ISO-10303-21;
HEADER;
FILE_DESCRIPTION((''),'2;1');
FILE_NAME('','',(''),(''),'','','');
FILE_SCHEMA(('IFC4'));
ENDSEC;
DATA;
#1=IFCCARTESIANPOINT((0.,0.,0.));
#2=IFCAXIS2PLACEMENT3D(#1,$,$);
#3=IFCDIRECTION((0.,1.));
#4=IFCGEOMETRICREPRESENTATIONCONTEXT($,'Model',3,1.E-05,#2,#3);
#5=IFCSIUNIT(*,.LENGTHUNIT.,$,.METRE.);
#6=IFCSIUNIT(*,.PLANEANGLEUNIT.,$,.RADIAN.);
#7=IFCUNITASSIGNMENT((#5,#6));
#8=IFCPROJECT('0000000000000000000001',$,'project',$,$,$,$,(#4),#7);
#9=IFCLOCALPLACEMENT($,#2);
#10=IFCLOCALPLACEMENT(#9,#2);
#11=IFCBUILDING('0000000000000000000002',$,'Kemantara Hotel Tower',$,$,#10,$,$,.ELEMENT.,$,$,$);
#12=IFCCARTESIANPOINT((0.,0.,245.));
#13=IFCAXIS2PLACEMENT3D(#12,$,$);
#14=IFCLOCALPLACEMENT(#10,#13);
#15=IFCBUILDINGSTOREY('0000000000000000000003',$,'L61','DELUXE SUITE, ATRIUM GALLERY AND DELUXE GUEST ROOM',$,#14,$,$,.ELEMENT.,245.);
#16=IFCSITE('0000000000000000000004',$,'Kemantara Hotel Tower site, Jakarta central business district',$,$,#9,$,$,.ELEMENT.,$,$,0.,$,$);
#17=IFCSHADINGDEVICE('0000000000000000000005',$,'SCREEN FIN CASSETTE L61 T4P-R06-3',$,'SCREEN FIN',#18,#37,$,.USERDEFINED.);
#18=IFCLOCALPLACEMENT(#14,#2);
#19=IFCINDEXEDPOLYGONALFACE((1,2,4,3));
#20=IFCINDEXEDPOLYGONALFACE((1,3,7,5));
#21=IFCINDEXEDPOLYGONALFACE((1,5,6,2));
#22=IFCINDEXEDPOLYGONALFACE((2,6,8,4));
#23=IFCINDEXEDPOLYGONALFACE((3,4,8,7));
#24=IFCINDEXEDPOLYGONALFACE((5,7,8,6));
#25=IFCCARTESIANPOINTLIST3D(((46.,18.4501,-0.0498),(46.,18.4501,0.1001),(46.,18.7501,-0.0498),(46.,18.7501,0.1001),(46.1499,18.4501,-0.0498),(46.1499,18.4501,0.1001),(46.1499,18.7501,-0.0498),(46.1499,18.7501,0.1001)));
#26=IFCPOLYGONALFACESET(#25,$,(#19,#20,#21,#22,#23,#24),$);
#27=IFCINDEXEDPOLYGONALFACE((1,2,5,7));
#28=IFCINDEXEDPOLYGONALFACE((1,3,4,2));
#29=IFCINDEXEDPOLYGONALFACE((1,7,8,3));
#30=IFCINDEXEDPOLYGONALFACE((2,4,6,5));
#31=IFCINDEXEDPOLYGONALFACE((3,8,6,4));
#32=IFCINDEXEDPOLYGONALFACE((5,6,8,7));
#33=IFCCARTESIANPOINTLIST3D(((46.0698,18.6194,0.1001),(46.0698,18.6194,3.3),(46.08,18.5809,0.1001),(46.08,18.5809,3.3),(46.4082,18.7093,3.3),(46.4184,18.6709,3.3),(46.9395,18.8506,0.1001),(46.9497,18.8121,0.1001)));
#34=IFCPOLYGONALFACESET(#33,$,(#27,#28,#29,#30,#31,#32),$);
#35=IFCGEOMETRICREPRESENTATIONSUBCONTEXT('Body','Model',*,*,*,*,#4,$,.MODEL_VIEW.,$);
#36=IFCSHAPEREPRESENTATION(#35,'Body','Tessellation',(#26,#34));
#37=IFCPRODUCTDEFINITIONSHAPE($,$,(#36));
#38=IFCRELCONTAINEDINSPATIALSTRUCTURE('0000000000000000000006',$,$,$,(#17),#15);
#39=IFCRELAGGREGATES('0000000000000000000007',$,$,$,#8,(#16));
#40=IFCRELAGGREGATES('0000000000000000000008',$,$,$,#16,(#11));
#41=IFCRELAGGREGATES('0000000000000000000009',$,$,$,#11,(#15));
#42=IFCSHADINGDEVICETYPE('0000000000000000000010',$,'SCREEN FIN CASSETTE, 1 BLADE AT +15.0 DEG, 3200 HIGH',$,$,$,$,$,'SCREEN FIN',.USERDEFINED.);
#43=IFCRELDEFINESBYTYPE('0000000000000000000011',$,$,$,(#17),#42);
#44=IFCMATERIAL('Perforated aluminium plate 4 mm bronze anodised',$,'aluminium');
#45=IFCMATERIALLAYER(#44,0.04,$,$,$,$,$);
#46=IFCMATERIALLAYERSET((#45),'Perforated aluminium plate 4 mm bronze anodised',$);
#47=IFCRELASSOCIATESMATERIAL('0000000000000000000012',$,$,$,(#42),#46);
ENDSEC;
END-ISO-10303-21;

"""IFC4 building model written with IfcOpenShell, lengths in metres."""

from ifc_helpers import new_model, si_unit, direction, frame, origin, origin_2d, place, context, subcontext, project, spatial, polyline, rectangle, outline, extrude, source, transform, mapped, material, layer, layer_set, type_object, element, save


model = new_model("IFC4")

# Units and contexts
model_context = context("Model", 3, precision=1e-05, world=origin(), true_north=direction((0.0, 1.0)))
body_context = subcontext(model_context, "Body", "Model", "MODEL_VIEW")
ifc_project = project(units=[si_unit("LENGTHUNIT", "METRE"), si_unit("PLANEANGLEUNIT", "RADIAN")], contexts=[model_context])

# Site, building, storey
site_placement = place(None, origin())
site = spatial("IfcSite", under=ifc_project, at=site_placement, Name="Kemantara Hotel Tower site, Jakarta central business district", CompositionType="ELEMENT", RefElevation=0.0)
building_placement = place(site_placement, origin())
building = spatial("IfcBuilding", under=site, at=building_placement, Name="Kemantara Hotel Tower", CompositionType="ELEMENT")
storey_placement = place(building_placement, frame((0.0, 0.0, 245.0)))
storey = spatial("IfcBuildingStorey", under=building, at=storey_placement, Name="L61", Description="DELUXE SUITE, ATRIUM GALLERY AND DELUXE GUEST ROOM", CompositionType="ELEMENT", Elevation=245.0)

# Shading device
ifc_material_1 = material(Name="Perforated aluminium plate 4 mm bronze anodised", Category="aluminium")
ifc_layer_1 = layer(ifc_material_1, 0.04)
ifc_layer_set_1 = layer_set([ifc_layer_1], Name="Perforated aluminium plate 4 mm bronze anodised")
shading_device_type_1 = type_object("IfcShadingDeviceType", Name="SCREEN FIN CASSETTE, 1 BLADE AT +15.0 DEG, 3200 HIGH", ElementType="SCREEN FIN", PredefinedType="USERDEFINED", material=ifc_layer_set_1)
shared_shape_1 = source(origin(), body_context, "Body", "SweptSolid", [
    extrude(rectangle(XDim=0.3, YDim=0.1499, at=origin_2d()), frame((0.0, -0.075, -0.1499), z_axis=(0.0, 0.0, 1.0), x_axis=(1.0, 0.0, 0.0)), (0.0, 0.0, 1.0), 0.1499),
    extrude(outline(polyline([(0.0, 0.0), (0.8999, 0.0), (0.3501, 3.2), (0.0, 3.2), (0.0, 0.0)])), frame((0.0193, -0.0698, 0.0), z_axis=(-0.966438, -0.256901, 0.0), x_axis=(0.256901, -0.966438, 0.0)), (0.0, 0.0, 1.0), 0.0398),
])
shading_device_1_placement = place(storey_placement, frame((46.0, 18.6001, 0.1001), z_axis=(0.0, 0.0, 1.0), x_axis=(0.0, 1.0, 0.0)))
element("IfcShadingDevice", 1, at=shading_device_1_placement, inside=storey, type_object=shading_device_type_1, Name="SCREEN FIN CASSETTE L61 T4P-R06-3", ObjectType="SCREEN FIN", PredefinedType="USERDEFINED", context=body_context, shape_type="MappedRepresentation", body=[
    mapped(shared_shape_1, transform((0.0, 0.0, 0.0))),
])

save(model, "model.ifc")
